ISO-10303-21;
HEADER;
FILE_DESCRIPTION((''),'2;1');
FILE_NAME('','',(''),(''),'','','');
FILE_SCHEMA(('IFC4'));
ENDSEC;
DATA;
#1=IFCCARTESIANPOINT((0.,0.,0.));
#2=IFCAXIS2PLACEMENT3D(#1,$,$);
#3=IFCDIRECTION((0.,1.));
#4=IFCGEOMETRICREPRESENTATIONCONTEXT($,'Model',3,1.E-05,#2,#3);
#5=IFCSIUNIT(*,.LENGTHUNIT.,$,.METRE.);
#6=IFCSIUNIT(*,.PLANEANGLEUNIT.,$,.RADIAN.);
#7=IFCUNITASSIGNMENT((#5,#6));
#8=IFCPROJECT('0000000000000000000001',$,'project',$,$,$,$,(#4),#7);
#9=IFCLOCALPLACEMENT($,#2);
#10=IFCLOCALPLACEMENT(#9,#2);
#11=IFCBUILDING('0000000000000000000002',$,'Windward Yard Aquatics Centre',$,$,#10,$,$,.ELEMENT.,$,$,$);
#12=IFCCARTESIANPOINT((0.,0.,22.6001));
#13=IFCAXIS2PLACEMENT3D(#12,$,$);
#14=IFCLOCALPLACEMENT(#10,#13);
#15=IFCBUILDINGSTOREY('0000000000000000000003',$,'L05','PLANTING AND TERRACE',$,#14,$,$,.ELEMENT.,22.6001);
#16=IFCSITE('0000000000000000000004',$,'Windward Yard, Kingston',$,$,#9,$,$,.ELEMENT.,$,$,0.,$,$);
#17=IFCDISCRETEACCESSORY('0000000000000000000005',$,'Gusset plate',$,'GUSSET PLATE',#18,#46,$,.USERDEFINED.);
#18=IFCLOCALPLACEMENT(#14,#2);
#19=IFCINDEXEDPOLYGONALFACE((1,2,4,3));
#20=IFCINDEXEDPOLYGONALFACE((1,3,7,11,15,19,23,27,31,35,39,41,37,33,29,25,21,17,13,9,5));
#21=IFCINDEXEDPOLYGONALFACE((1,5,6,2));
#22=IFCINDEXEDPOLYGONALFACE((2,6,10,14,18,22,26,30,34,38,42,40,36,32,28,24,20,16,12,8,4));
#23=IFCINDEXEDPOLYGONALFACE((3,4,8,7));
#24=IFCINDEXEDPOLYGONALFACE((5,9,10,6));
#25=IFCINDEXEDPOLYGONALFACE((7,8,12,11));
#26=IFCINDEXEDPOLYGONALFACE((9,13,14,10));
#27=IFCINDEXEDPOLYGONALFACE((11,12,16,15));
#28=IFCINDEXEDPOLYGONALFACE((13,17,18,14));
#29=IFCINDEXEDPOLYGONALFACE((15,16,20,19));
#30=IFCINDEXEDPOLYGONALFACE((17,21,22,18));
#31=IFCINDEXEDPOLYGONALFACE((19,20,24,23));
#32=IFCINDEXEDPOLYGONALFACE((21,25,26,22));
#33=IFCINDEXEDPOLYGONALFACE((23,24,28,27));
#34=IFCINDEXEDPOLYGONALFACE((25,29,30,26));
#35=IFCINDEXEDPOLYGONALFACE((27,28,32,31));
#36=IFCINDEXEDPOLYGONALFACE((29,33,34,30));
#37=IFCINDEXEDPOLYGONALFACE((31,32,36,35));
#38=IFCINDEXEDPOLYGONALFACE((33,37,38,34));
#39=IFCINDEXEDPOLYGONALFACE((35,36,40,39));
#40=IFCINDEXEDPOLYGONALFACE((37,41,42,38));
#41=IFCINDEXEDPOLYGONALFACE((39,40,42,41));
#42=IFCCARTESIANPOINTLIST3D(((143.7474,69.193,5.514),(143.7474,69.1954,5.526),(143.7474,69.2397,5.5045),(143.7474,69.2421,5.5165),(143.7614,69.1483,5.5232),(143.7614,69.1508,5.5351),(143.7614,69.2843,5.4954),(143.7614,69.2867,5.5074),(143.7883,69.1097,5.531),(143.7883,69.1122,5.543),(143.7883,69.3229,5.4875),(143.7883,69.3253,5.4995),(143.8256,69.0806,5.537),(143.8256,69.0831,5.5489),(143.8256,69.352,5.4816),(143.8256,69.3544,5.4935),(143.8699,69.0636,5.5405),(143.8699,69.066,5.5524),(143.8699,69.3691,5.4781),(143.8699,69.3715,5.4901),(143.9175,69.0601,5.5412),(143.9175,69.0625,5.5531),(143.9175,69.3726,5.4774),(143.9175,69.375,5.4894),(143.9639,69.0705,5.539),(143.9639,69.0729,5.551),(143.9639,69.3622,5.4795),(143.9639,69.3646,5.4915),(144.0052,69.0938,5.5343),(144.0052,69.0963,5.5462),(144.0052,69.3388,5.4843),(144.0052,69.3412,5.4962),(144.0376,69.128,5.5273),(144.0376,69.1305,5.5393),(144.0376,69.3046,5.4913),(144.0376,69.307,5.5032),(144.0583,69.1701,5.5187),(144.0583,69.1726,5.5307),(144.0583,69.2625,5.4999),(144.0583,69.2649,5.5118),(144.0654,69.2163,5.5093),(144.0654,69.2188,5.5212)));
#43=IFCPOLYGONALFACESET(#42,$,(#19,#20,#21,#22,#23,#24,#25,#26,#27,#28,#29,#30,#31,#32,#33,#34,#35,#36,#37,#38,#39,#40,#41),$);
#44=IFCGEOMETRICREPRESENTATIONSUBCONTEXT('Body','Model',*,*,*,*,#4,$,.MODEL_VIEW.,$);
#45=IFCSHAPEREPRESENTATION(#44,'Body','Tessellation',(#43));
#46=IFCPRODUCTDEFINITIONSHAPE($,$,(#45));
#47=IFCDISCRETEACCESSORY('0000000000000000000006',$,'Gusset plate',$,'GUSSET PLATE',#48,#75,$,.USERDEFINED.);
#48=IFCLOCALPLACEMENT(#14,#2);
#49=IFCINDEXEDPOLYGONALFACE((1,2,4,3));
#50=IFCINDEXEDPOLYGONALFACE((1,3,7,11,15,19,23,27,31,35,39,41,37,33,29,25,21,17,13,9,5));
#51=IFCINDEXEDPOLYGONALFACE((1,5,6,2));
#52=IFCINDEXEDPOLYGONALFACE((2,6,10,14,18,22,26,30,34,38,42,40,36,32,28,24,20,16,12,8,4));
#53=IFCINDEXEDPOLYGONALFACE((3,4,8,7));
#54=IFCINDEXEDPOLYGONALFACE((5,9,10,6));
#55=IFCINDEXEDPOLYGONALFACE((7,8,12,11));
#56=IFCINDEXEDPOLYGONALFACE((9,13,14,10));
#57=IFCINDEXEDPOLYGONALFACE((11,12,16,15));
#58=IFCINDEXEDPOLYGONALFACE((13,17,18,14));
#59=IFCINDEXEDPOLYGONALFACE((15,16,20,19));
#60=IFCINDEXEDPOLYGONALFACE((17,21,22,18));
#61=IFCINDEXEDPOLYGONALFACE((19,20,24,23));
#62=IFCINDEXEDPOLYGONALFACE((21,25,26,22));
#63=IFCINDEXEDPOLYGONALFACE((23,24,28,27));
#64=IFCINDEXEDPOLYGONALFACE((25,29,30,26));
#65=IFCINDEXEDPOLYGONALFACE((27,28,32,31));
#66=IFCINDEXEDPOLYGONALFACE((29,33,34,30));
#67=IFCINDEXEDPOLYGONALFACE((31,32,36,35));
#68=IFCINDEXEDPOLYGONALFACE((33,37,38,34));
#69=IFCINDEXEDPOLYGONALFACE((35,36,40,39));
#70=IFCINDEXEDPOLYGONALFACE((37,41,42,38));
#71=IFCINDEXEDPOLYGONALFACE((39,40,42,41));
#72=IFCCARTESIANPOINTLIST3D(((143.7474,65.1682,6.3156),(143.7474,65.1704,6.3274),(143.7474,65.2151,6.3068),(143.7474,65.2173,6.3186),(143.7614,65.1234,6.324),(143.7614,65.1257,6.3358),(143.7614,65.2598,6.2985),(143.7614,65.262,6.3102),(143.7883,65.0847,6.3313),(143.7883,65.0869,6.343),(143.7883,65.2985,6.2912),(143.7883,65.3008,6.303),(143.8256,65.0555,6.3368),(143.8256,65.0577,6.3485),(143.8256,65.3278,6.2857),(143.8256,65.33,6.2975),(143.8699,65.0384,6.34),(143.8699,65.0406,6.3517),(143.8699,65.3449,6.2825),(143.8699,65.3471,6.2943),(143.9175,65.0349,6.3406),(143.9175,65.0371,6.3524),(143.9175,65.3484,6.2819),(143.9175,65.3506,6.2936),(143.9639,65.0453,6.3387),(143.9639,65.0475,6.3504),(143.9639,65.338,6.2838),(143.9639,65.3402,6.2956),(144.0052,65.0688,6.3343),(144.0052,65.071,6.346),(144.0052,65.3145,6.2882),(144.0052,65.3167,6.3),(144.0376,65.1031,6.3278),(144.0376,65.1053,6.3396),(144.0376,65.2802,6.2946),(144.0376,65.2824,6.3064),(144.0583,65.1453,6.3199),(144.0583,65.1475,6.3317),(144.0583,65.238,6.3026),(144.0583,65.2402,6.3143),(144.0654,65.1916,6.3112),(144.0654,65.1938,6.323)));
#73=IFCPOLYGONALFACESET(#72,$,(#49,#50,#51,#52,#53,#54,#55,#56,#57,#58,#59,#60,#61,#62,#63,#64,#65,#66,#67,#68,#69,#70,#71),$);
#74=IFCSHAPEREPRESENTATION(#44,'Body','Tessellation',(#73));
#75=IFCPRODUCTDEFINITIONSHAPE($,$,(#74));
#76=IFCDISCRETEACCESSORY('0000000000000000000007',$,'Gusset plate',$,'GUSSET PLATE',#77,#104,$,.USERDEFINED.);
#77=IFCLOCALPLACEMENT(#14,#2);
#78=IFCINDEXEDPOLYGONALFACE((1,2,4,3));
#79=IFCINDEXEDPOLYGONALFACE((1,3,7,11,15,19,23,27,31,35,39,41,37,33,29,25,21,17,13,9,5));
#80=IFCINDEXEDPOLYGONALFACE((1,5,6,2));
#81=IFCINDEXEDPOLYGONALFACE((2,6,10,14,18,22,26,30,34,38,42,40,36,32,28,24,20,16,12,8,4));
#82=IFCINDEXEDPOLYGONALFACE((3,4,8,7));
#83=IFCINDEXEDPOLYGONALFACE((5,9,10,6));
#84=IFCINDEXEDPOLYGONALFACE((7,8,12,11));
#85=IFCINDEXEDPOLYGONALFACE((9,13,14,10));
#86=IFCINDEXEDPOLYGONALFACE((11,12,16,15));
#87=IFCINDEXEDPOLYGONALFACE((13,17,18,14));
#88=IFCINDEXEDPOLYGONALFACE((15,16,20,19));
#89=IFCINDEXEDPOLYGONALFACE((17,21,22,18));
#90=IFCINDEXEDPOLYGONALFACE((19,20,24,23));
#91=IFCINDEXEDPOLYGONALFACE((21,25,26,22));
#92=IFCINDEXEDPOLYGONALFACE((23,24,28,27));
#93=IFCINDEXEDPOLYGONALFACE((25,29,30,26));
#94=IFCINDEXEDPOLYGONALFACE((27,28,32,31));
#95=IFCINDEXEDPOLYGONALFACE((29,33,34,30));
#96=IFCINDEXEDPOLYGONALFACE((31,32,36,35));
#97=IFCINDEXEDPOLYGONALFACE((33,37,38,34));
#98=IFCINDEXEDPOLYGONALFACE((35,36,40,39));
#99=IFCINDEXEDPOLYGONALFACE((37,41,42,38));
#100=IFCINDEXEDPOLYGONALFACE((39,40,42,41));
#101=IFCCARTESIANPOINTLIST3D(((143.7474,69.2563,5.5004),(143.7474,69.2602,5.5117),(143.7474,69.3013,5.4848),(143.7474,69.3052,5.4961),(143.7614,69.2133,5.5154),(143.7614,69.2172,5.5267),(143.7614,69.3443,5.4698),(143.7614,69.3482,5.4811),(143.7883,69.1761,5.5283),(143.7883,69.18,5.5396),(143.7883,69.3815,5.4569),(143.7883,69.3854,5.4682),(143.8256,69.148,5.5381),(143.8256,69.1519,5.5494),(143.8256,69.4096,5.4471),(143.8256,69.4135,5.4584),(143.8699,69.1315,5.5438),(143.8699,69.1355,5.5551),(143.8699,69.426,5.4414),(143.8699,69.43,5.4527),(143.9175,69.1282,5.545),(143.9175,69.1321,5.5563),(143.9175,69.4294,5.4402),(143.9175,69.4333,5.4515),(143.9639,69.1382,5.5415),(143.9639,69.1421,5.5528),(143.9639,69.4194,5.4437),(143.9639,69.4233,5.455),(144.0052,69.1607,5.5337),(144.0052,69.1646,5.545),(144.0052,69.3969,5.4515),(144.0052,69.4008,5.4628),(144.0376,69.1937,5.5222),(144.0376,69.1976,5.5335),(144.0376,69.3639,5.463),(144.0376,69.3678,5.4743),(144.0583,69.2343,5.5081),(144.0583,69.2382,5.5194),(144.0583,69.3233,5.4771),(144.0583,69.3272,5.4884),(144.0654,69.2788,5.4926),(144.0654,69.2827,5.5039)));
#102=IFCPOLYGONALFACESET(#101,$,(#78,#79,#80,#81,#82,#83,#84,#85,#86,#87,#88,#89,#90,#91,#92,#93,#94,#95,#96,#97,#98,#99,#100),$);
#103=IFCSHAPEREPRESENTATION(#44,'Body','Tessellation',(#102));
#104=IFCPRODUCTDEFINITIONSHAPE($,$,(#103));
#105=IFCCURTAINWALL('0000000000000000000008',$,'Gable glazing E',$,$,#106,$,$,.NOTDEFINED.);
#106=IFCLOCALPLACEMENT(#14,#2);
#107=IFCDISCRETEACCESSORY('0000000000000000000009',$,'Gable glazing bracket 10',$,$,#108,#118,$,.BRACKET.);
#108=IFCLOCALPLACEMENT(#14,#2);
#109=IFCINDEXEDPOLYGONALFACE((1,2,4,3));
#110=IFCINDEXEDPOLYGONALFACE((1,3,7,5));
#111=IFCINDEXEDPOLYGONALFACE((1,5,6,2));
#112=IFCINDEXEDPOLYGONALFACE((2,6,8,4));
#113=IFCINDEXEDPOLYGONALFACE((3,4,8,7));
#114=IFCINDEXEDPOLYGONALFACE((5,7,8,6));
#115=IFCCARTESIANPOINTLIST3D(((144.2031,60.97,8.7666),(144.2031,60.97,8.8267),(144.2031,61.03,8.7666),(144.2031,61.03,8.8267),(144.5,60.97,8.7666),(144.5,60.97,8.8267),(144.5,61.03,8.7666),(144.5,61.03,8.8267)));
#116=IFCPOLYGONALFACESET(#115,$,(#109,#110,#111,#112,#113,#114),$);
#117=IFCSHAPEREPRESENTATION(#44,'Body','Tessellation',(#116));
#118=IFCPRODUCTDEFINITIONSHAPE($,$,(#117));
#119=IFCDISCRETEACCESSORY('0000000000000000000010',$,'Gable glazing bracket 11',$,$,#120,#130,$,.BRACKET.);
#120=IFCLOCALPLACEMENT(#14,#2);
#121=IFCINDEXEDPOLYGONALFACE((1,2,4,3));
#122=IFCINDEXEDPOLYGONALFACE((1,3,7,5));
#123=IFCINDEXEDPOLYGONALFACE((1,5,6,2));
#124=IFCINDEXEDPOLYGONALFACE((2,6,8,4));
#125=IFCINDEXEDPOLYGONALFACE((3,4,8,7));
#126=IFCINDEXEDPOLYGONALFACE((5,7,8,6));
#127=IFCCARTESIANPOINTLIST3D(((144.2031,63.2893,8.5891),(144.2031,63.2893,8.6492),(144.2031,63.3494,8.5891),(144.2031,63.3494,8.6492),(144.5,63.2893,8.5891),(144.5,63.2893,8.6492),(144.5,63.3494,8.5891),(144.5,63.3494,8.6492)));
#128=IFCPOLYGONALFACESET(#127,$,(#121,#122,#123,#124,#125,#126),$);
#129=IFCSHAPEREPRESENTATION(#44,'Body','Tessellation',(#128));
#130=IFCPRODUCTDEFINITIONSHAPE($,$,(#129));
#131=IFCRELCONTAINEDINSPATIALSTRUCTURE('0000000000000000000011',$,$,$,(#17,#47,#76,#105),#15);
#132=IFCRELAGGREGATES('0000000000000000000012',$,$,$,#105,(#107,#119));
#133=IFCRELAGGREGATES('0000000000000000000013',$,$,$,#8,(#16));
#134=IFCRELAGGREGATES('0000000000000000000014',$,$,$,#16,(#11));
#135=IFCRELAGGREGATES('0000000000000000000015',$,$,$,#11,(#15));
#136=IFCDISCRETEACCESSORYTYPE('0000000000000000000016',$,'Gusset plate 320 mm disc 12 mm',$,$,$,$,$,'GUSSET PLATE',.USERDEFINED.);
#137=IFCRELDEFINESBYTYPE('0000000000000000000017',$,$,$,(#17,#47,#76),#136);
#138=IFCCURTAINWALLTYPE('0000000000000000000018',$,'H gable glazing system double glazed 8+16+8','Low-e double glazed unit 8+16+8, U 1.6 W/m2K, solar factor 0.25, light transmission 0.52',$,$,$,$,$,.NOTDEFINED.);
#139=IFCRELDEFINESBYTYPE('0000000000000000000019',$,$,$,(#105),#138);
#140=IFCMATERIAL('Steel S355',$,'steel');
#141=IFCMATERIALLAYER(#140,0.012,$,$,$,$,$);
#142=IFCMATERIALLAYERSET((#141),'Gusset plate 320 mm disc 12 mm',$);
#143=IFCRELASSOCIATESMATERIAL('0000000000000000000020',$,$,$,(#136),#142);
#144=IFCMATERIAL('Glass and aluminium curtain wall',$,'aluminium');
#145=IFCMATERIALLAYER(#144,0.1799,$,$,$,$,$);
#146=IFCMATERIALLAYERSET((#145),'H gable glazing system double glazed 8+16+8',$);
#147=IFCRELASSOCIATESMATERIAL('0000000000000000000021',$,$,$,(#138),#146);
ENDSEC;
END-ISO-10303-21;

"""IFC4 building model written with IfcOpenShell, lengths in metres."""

from ifc_helpers import new_model, si_unit, direction, frame, origin, origin_2d, place, context, subcontext, project, spatial, rectangle, circle, extrude, material, layer, layer_set, type_object, element, aggregate, save


model = new_model("IFC4")

# Units and contexts
model_context = context("Model", 3, precision=1e-05, world=origin(), true_north=direction((0.0, 1.0)))
body_context = subcontext(model_context, "Body", "Model", "MODEL_VIEW")
ifc_project = project(units=[si_unit("LENGTHUNIT", "METRE"), si_unit("PLANEANGLEUNIT", "RADIAN")], contexts=[model_context])

# Site, building, storey
site_placement = place(None, origin())
site = spatial("IfcSite", under=ifc_project, at=site_placement, Name="Windward Yard, Kingston", CompositionType="ELEMENT", RefElevation=0.0)
building_placement = place(site_placement, origin())
building = spatial("IfcBuilding", under=site, at=building_placement, Name="Windward Yard Aquatics Centre", CompositionType="ELEMENT")
storey_placement = place(building_placement, frame((0.0, 0.0, 22.6001)))
storey = spatial("IfcBuildingStorey", under=building, at=storey_placement, Name="L05", Description="PLANTING AND TERRACE", CompositionType="ELEMENT", Elevation=22.6001)

# Discrete accessories
ifc_material_1 = material(Name="Steel S355", Category="steel")
ifc_layer_1 = layer(ifc_material_1, 0.012)
ifc_layer_set_1 = layer_set([ifc_layer_1], Name="Gusset plate 320 mm disc 12 mm")
discrete_accessory_type = type_object("IfcDiscreteAccessoryType", Name="Gusset plate 320 mm disc 12 mm", ElementType="GUSSET PLATE", PredefinedType="USERDEFINED", material=ifc_layer_set_1)
discrete_accessory_1_placement = place(storey_placement, frame((143.9055, 69.2188, 5.5212), z_axis=(0.0, -0.19996, -0.979804), x_axis=(1.0, 0.0, 0.0)))
element("IfcDiscreteAccessory", 1, at=discrete_accessory_1_placement, inside=storey, type_object=discrete_accessory_type, Name="Gusset plate", ObjectType="GUSSET PLATE", PredefinedType="USERDEFINED", context=body_context, shape_type="SweptSolid", body=[
    extrude(circle(Radius=0.1599, at=origin_2d()), origin(), (0.0, 0.0, 1.0), 0.0122),
])
for number, where, z_axis, x_axis, name in (
    (2, (143.9055, 65.1938, 6.323), (0.0, -0.184289, -0.982872), (1.0, 0.0, 0.0), "Gusset plate"),
    (3, (143.9055, 69.2827, 5.5039), (0.0, -0.328521, -0.944497), (1.0, 0.0, 0.0), "Gusset plate"),
):
    element("IfcDiscreteAccessory", number, at=place(storey_placement, frame(where, z_axis=z_axis, x_axis=x_axis)), inside=storey, type_object=discrete_accessory_type, Name=name, ObjectType="GUSSET PLATE", PredefinedType="USERDEFINED", context=body_context, shape_type="SweptSolid", body=[
        extrude(circle(Radius=0.1599, at=origin_2d()), origin(), (0.0, 0.0, 1.0), 0.012),
    ])

# Curtain wall, discrete accessories
ifc_material_2 = material(Name="Glass and aluminium curtain wall", Category="aluminium")
ifc_layer_2 = layer(ifc_material_2, 0.1799)
ifc_layer_set_2 = layer_set([ifc_layer_2], Name="H gable glazing system double glazed 8+16+8")
curtain_wall_type = type_object("IfcCurtainWallType", Name="H gable glazing system double glazed 8+16+8", Description="Low-e double glazed unit 8+16+8, U 1.6 W/m2K, solar factor 0.25, light transmission 0.52", PredefinedType="NOTDEFINED", material=ifc_layer_set_2)
curtain_wall_placement = place(storey_placement, origin())
curtain_wall = element("IfcCurtainWall", 4, at=curtain_wall_placement, inside=storey, type_object=curtain_wall_type, Name="Gable glazing E", PredefinedType="NOTDEFINED")
discrete_accessory_2_placement = place(storey_placement, frame((144.2031, 61.0, 8.7966), z_axis=(1.0, 0.0, 0.0), x_axis=(0.0, 1.0, 0.0)))
discrete_accessory_2 = element("IfcDiscreteAccessory", 5, at=discrete_accessory_2_placement, Name="Gable glazing bracket 10", PredefinedType="BRACKET", context=body_context, shape_type="SweptSolid", body=[
    extrude(rectangle(XDim=0.0601, YDim=0.0601, at=origin_2d()), origin(), (0.0, 0.0, 1.0), 0.2969),
])
discrete_accessory_3_placement = place(storey_placement, frame((144.2031, 63.3193, 8.6191), z_axis=(1.0, 0.0, 0.0), x_axis=(0.0, 1.0, 0.0)))
discrete_accessory_3 = element("IfcDiscreteAccessory", 6, at=discrete_accessory_3_placement, Name="Gable glazing bracket 11", PredefinedType="BRACKET", context=body_context, shape_type="SweptSolid", body=[
    extrude(rectangle(XDim=0.0601, YDim=0.0601, at=origin_2d()), origin(), (0.0, 0.0, 1.0), 0.2969),
])
aggregate(curtain_wall, [discrete_accessory_2, discrete_accessory_3])

save(model, "model.ifc")
